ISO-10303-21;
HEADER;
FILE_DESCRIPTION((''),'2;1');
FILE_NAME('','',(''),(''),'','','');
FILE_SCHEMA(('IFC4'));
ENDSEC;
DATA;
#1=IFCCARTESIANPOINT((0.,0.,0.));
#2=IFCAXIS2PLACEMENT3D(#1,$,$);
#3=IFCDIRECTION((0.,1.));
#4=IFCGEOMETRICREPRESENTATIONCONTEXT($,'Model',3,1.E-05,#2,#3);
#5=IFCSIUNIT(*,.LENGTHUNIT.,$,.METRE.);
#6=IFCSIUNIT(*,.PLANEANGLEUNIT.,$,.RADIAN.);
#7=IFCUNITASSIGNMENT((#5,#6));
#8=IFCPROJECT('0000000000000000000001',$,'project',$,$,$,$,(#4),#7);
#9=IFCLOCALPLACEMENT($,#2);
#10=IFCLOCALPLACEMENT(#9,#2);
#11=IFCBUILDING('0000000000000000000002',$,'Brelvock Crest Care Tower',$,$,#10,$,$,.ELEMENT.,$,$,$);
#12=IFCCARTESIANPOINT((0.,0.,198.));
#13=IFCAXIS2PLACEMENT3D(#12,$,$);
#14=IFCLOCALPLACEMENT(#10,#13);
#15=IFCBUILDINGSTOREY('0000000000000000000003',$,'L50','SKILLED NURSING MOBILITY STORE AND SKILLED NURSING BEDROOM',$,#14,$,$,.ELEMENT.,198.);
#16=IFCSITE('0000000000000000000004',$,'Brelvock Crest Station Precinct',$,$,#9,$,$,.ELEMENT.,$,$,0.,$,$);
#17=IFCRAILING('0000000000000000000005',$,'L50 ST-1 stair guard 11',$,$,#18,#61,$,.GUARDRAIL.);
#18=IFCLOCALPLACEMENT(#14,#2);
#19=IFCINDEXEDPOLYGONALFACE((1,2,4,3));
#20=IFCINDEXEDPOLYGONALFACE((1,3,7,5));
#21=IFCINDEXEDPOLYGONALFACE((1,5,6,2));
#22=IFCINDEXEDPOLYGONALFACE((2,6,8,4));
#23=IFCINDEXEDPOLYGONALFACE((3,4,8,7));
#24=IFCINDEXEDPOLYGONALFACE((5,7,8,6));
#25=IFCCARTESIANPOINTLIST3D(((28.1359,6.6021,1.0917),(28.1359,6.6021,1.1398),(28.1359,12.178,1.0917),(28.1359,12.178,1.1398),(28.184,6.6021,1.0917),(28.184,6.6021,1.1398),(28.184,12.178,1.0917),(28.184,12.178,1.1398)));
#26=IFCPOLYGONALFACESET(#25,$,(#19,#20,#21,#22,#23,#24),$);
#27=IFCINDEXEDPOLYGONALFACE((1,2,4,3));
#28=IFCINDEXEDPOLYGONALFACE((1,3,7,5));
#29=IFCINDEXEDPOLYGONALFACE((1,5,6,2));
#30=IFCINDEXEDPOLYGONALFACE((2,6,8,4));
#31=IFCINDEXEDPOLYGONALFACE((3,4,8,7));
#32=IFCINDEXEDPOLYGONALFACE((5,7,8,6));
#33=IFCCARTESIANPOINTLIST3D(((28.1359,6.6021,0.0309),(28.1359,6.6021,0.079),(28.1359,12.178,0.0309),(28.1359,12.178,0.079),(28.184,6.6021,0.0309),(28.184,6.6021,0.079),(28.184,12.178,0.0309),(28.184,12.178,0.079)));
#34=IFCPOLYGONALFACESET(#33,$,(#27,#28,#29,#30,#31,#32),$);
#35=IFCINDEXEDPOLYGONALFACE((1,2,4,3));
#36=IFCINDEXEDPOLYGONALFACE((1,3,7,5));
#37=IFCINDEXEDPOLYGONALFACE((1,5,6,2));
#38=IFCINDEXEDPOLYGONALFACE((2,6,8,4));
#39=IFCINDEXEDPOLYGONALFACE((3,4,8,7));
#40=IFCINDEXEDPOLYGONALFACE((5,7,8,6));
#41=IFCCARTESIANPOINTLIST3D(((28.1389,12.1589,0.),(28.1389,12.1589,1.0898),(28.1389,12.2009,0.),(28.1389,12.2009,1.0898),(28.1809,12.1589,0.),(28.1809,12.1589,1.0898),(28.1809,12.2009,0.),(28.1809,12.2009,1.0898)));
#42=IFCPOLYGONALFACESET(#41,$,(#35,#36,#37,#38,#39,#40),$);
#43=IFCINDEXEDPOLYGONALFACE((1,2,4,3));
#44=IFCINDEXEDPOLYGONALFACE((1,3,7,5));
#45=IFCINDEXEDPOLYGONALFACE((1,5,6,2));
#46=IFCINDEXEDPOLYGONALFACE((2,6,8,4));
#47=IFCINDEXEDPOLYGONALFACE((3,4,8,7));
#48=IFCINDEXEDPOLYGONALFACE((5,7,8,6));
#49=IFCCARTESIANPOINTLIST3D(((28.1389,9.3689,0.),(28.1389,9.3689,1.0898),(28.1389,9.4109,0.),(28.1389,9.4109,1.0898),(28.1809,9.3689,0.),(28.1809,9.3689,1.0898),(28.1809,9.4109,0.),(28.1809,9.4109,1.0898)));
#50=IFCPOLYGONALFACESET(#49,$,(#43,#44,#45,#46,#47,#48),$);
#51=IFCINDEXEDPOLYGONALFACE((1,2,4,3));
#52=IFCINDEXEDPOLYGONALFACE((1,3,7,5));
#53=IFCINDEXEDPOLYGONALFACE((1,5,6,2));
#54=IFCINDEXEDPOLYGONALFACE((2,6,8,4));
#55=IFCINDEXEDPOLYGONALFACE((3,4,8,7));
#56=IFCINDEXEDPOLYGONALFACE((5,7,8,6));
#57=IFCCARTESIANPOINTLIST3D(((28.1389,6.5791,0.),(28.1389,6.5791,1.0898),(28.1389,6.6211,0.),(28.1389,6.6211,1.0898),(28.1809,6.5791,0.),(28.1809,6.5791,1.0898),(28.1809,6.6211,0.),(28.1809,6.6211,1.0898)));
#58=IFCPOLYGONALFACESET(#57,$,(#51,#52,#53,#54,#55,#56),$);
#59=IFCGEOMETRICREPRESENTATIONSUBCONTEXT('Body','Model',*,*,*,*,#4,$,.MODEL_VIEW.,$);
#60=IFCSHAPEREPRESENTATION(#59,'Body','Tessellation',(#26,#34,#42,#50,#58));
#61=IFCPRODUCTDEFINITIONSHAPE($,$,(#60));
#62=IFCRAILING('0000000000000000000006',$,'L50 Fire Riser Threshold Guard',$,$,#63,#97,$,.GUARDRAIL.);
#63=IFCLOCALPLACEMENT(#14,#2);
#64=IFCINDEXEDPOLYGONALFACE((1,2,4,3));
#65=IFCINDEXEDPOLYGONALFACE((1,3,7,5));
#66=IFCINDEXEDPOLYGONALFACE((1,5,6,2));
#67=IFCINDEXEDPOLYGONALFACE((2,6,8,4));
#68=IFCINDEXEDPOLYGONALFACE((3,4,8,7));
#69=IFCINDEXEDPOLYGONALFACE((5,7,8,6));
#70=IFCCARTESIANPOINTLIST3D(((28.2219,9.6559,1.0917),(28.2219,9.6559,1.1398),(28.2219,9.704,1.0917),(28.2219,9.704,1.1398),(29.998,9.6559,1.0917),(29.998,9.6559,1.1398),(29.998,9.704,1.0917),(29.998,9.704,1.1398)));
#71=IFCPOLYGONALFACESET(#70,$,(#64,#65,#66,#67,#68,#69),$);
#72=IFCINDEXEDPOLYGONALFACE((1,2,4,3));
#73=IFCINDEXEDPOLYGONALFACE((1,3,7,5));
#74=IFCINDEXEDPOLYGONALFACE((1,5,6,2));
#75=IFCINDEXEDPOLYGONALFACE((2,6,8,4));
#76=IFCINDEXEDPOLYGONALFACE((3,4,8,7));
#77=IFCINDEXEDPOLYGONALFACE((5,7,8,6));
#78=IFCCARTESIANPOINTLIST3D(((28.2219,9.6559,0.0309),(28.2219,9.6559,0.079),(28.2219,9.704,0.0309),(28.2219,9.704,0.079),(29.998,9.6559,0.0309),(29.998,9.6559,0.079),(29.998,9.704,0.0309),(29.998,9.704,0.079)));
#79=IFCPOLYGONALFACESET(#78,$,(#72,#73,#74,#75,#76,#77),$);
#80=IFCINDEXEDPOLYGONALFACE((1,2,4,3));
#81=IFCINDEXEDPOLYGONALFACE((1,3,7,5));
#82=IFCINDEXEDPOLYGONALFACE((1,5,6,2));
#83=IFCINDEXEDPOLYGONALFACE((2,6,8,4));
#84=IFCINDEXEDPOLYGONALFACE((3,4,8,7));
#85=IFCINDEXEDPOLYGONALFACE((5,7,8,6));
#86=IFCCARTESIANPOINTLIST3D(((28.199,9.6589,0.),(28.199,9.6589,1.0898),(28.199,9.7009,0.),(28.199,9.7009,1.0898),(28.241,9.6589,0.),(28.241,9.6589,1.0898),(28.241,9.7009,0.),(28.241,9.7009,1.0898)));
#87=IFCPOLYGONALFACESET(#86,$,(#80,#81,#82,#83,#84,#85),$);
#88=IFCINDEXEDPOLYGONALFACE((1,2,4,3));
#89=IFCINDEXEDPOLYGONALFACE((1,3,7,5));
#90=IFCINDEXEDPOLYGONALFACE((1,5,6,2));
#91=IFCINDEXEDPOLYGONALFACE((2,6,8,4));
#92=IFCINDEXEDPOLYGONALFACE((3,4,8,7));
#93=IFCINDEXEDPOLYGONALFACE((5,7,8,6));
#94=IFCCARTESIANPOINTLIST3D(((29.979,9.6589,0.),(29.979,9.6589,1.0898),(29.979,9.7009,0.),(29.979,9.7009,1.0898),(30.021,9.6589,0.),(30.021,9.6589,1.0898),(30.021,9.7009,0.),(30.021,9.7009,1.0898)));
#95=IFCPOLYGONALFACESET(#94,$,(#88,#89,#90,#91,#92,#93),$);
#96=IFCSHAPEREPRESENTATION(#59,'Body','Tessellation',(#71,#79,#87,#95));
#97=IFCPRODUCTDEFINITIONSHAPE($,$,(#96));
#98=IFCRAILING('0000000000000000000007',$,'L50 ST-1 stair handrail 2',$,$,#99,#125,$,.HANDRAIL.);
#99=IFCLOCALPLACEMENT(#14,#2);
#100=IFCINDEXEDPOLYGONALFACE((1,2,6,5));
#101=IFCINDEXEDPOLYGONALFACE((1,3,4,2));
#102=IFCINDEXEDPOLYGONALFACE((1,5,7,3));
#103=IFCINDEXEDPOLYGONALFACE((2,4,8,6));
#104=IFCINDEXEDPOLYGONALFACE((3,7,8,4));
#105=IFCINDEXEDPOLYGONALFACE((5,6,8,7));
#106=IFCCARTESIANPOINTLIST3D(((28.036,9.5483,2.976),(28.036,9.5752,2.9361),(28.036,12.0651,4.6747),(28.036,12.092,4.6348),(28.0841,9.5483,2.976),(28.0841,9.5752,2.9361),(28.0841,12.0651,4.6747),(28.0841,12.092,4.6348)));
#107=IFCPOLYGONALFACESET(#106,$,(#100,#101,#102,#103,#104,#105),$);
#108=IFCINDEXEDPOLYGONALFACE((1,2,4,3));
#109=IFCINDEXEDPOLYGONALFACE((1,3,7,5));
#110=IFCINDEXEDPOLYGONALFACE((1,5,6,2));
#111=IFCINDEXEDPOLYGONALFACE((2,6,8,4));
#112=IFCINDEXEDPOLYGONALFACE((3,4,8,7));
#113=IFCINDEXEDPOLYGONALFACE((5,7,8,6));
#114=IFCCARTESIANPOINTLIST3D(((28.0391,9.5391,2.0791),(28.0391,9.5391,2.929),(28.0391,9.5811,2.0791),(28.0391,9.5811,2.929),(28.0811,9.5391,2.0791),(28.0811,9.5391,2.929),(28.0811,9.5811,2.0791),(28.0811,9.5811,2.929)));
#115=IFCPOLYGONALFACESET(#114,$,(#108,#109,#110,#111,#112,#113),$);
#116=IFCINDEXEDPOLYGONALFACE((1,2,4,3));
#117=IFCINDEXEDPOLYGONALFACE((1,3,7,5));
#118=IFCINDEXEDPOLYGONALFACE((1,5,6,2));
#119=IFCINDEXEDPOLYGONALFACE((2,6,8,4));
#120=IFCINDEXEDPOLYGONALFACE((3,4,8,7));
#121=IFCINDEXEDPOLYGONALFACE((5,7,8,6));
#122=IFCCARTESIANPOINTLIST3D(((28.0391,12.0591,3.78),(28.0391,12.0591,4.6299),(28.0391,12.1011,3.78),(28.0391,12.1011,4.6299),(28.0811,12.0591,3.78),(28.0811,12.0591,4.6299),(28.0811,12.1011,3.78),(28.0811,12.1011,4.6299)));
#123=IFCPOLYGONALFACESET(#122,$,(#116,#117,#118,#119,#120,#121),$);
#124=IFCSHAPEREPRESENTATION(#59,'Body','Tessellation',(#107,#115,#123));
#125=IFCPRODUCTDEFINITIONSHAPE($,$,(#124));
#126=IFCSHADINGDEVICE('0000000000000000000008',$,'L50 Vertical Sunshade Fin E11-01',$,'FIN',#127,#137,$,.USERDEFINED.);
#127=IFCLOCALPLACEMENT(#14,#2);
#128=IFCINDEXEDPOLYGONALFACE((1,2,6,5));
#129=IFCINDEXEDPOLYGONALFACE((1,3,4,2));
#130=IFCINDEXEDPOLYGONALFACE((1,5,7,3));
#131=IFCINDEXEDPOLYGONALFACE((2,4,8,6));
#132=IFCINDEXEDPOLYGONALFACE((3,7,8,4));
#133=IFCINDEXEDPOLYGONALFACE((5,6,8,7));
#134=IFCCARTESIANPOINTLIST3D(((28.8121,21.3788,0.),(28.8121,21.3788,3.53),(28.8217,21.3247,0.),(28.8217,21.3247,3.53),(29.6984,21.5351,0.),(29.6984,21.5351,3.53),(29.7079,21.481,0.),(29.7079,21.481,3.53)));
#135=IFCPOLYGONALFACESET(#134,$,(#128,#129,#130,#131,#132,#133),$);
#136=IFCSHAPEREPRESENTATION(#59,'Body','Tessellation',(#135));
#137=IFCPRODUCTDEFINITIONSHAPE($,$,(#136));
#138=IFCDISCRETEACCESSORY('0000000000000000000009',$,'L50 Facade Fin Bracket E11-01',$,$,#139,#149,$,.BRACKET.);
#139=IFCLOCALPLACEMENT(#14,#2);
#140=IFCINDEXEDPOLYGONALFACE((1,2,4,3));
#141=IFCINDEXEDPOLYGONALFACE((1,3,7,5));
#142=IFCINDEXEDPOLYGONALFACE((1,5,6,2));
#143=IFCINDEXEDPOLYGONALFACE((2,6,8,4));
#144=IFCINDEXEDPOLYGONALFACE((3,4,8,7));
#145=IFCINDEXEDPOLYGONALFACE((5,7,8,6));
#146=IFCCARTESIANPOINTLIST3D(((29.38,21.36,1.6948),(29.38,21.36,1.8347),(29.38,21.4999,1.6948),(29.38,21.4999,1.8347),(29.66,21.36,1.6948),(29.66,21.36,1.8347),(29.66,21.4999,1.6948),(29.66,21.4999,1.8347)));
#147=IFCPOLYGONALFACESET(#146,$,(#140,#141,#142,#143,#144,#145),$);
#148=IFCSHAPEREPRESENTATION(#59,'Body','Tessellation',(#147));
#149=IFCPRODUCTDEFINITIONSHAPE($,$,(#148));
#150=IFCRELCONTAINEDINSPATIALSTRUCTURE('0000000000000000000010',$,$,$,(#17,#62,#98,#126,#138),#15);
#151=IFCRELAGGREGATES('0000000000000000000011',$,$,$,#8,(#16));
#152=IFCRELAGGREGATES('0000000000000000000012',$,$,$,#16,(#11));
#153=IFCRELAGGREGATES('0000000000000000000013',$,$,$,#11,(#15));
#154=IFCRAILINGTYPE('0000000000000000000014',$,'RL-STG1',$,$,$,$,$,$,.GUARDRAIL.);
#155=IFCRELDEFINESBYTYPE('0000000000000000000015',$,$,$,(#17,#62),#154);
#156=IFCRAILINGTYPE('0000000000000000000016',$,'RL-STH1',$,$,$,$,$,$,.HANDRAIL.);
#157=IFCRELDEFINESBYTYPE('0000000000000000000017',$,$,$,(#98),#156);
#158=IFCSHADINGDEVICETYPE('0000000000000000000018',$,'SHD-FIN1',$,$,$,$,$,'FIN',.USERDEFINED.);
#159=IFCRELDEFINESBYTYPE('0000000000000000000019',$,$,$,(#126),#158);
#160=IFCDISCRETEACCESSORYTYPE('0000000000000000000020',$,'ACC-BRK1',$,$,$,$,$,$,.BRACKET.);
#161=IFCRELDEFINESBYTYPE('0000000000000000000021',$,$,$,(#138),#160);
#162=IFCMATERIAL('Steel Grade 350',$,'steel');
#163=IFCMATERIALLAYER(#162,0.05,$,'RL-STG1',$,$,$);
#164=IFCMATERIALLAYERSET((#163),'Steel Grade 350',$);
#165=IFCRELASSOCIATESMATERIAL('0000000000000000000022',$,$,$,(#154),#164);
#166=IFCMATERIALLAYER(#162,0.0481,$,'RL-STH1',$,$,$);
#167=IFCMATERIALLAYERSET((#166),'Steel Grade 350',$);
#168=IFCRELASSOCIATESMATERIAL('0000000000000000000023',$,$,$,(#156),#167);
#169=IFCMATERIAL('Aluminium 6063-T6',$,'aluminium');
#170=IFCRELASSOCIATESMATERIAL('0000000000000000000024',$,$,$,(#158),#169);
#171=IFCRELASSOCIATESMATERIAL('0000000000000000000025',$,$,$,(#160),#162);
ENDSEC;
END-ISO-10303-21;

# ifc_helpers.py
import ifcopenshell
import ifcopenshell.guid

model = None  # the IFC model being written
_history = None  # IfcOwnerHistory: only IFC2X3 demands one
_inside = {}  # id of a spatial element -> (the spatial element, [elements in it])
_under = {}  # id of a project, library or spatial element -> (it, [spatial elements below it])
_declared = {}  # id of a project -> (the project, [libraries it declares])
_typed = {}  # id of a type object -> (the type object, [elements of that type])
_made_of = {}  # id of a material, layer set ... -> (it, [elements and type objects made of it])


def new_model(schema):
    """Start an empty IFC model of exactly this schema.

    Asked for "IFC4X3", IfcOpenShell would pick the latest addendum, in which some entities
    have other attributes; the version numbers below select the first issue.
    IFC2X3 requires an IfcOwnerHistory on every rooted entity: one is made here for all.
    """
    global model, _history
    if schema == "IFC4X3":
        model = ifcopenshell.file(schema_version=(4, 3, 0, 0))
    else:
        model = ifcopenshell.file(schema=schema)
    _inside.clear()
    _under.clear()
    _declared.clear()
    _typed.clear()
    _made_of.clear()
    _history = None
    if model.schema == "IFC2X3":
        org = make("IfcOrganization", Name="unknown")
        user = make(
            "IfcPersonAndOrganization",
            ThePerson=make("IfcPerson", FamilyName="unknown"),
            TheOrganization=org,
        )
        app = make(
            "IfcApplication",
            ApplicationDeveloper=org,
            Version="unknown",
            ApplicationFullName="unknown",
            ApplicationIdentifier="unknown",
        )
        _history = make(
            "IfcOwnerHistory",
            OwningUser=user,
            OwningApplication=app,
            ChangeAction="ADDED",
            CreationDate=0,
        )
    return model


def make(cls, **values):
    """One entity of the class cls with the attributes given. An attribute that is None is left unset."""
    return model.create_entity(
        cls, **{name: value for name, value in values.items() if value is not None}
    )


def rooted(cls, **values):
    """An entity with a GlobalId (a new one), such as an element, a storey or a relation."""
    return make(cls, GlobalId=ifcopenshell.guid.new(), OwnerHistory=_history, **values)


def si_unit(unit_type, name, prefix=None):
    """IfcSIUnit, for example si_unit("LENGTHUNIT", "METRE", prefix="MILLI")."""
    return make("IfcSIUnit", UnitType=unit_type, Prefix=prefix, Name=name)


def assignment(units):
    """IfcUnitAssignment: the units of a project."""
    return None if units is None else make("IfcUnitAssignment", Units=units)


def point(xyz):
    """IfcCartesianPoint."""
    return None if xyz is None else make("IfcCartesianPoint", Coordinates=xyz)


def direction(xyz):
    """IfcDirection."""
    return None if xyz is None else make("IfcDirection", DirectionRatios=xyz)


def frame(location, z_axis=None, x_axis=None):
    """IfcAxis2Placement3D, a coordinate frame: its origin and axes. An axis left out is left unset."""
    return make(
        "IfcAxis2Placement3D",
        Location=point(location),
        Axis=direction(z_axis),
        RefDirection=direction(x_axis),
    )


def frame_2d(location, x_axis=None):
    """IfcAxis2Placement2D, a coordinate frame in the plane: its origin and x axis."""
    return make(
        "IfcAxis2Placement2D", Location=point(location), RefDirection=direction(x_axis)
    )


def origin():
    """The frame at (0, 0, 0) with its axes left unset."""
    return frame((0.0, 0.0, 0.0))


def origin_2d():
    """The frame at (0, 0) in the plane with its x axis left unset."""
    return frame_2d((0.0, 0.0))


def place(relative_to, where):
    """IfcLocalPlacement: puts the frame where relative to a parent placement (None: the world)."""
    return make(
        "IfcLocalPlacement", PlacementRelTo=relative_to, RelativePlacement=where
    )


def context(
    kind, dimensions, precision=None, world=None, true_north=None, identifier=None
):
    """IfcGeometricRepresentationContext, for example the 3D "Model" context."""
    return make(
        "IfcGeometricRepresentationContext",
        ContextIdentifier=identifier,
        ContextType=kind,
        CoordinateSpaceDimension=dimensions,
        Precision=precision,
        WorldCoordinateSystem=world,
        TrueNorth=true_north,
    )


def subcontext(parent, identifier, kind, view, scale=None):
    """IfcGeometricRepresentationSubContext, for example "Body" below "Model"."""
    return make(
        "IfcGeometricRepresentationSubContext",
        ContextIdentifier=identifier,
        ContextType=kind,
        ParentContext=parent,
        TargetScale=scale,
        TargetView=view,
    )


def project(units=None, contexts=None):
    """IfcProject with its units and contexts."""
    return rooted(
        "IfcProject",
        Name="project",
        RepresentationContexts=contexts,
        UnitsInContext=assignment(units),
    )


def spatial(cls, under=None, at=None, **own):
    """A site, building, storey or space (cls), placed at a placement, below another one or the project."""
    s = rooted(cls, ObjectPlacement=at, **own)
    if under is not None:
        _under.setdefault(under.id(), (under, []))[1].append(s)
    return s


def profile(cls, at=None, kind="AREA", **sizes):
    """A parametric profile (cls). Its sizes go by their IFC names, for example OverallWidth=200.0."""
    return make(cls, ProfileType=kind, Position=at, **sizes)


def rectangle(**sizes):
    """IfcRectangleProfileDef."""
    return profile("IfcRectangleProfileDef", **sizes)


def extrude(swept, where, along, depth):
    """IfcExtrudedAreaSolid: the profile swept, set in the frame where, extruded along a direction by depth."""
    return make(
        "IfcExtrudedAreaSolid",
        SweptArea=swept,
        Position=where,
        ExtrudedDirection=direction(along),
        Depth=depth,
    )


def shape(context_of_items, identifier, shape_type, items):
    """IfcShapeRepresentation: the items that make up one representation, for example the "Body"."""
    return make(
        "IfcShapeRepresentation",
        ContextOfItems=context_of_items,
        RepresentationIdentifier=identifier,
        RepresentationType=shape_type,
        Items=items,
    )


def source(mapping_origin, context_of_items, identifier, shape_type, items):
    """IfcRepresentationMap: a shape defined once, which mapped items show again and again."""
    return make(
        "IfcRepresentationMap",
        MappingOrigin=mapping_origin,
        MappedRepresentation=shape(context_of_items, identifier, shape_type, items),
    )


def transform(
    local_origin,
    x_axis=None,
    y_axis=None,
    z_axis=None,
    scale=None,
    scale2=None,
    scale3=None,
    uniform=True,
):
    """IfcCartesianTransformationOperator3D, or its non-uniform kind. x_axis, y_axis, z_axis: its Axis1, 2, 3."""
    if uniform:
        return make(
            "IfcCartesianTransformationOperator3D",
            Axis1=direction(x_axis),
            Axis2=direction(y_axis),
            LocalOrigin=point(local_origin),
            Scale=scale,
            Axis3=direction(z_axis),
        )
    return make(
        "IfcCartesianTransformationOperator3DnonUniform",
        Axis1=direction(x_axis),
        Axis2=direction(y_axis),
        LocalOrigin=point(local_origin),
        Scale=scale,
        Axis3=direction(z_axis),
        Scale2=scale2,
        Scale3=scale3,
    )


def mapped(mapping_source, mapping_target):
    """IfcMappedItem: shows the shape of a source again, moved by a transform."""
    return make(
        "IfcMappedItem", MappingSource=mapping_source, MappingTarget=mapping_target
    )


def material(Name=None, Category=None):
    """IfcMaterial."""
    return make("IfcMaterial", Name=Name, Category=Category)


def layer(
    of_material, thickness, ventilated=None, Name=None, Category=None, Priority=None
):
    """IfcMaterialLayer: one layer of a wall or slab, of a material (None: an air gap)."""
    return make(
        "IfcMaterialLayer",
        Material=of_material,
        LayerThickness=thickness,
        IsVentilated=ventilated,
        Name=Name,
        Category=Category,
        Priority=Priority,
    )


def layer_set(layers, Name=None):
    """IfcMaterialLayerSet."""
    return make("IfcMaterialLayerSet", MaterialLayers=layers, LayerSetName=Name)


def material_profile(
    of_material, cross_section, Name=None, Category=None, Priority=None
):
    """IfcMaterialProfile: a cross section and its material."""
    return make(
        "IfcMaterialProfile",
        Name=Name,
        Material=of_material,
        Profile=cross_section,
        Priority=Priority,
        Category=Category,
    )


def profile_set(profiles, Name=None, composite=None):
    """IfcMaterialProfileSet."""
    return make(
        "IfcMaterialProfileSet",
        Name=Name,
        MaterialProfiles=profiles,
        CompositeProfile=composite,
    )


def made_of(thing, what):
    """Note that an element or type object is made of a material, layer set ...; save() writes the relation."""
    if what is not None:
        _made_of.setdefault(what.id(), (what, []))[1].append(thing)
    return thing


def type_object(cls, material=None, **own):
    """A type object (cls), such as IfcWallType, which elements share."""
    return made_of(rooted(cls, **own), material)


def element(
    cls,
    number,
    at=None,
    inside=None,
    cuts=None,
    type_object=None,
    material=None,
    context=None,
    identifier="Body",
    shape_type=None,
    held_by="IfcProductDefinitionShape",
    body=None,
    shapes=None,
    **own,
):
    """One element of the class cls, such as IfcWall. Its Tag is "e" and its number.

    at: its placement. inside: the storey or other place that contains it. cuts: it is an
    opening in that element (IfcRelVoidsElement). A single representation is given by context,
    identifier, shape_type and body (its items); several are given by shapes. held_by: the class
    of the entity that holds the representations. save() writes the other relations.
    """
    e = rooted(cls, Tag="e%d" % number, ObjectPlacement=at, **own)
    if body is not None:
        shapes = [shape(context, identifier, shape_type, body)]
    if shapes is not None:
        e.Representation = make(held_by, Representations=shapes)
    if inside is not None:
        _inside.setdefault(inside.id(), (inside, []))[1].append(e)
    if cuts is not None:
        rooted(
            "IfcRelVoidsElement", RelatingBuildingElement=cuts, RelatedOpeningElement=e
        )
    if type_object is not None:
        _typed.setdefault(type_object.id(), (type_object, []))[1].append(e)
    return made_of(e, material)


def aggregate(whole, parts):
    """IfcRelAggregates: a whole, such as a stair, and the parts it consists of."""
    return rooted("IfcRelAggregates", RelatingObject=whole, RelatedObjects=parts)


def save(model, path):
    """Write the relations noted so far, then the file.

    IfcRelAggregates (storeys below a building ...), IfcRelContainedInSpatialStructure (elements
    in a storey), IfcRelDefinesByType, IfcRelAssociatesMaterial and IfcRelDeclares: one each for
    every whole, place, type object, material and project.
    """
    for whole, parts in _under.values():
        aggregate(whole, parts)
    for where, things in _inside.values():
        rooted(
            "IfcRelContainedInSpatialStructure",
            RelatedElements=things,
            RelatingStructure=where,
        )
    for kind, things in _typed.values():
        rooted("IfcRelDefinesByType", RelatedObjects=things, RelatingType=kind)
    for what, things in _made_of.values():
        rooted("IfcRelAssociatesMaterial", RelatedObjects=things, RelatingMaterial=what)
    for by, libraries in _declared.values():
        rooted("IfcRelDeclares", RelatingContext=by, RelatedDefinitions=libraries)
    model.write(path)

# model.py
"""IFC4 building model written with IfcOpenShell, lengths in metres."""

from ifc_helpers import new_model, si_unit, direction, frame, origin, origin_2d, place, context, subcontext, project, spatial, rectangle, extrude, source, transform, mapped, material, layer, layer_set, material_profile, profile_set, type_object, element, save


model = new_model("IFC4")

# Units and contexts
model_context = context("Model", 3, precision=1e-05, world=origin(), true_north=direction((0.0, 1.0)))
body_context = subcontext(model_context, "Body", "Model", "MODEL_VIEW")
ifc_project = project(units=[si_unit("LENGTHUNIT", "METRE"), si_unit("PLANEANGLEUNIT", "RADIAN")], contexts=[model_context])

# Site, building, storey
site_placement = place(None, origin())
site = spatial("IfcSite", under=ifc_project, at=site_placement, Name="Brelvock Crest Station Precinct", CompositionType="ELEMENT", RefElevation=0.0)
building_placement = place(site_placement, origin())
building = spatial("IfcBuilding", under=site, at=building_placement, Name="Brelvock Crest Care Tower", CompositionType="ELEMENT")
storey_placement = place(building_placement, frame((0.0, 0.0, 198.0)))
storey = spatial("IfcBuildingStorey", under=building, at=storey_placement, Name="L50", Description="SKILLED NURSING MOBILITY STORE AND SKILLED NURSING BEDROOM", CompositionType="ELEMENT", Elevation=198.0)

# Shared definitions
ifc_material_1 = material(Name="Steel Grade 350", Category="steel")

# Shared definitions
ifc_material_2 = material(Name="Aluminium 6063-T6", Category="aluminium")

# Railings
ifc_layer_1 = layer(ifc_material_1, 0.05, Name="RL-STG1")
ifc_layer_set_1 = layer_set([ifc_layer_1], Name="Steel Grade 350")
railing_type_1 = type_object("IfcRailingType", Name="RL-STG1", PredefinedType="GUARDRAIL", material=ifc_layer_set_1)
railing_1_placement = place(storey_placement, frame((28.1599, 12.1799, 0.0)))
element("IfcRailing", 1, at=railing_1_placement, inside=storey, type_object=railing_type_1, Name="L50 ST-1 stair guard 11", PredefinedType="GUARDRAIL", context=body_context, shape_type="SweptSolid", body=[
    extrude(rectangle(XDim=0.0481, YDim=0.0481, at=origin_2d()), frame((0.0, -0.002, 1.1157), z_axis=(0.0, -1.0, 0.0), x_axis=(1.0, 0.0, 0.0)), (0.0, 0.0, 1.0), 5.5759),
    extrude(rectangle(XDim=0.0481, YDim=0.0481, at=origin_2d()), frame((0.0, -0.002, 0.0549), z_axis=(0.0, -1.0, 0.0), x_axis=(1.0, 0.0, 0.0)), (0.0, 0.0, 1.0), 5.5759),
    extrude(rectangle(XDim=0.042, YDim=0.042, at=origin_2d()), origin(), (0.0, 0.0, 1.0), 1.0898),
    extrude(rectangle(XDim=0.042, YDim=0.042, at=origin_2d()), frame((0.0, -2.79, 0.0)), (0.0, 0.0, 1.0), 1.0898),
    extrude(rectangle(XDim=0.042, YDim=0.042, at=origin_2d()), frame((0.0, -5.5798, 0.0)), (0.0, 0.0, 1.0), 1.0898),
])
railing_2_placement = place(storey_placement, frame((28.22, 9.6799, 0.0)))
element("IfcRailing", 2, at=railing_2_placement, inside=storey, type_object=railing_type_1, Name="L50 Fire Riser Threshold Guard", PredefinedType="GUARDRAIL", context=body_context, shape_type="SweptSolid", body=[
    extrude(rectangle(XDim=0.0481, YDim=0.0481, at=origin_2d()), frame((0.002, 0.0, 1.1157), z_axis=(1.0, 0.0, 0.0), x_axis=(0.0, 1.0, 0.0)), (0.0, 0.0, 1.0), 1.7761),
    extrude(rectangle(XDim=0.0481, YDim=0.0481, at=origin_2d()), frame((0.002, 0.0, 0.0549), z_axis=(1.0, 0.0, 0.0), x_axis=(0.0, 1.0, 0.0)), (0.0, 0.0, 1.0), 1.7761),
    extrude(rectangle(XDim=0.042, YDim=0.042, at=origin_2d()), origin(), (0.0, 0.0, 1.0), 1.0898),
    extrude(rectangle(XDim=0.042, YDim=0.042, at=origin_2d()), frame((1.78, 0.0, 0.0)), (0.0, 0.0, 1.0), 1.0898),
])
ifc_layer_2 = layer(ifc_material_1, 0.0481, Name="RL-STH1")
ifc_layer_set_2 = layer_set([ifc_layer_2], Name="Steel Grade 350")
railing_type_2 = type_object("IfcRailingType", Name="RL-STH1", PredefinedType="HANDRAIL", material=ifc_layer_set_2)
railing_3_placement = place(storey_placement, frame((28.0601, 9.5601, 2.0791)))
element("IfcRailing", 3, at=railing_3_placement, inside=storey, type_object=railing_type_2, Name="L50 ST-1 stair handrail 2", PredefinedType="HANDRAIL", context=body_context, shape_type="SweptSolid", body=[
    extrude(rectangle(XDim=0.0481, YDim=0.0481, at=origin_2d()), frame((0.0, 0.0017, 0.877), z_axis=(0.0, 0.828862, 0.559454), x_axis=(-1.0, 0.0, 0.0)), (0.0, 0.0, 1.0), 3.0364),
    extrude(rectangle(XDim=0.042, YDim=0.042, at=origin_2d()), origin(), (0.0, 0.0, 1.0), 0.8499),
    extrude(rectangle(XDim=0.042, YDim=0.042, at=origin_2d()), frame((0.0, 2.52, 1.7009)), (0.0, 0.0, 1.0), 0.8499),
])

# Shading device
ifc_material_profile_1 = material_profile(ifc_material_2, rectangle(XDim=0.0549, YDim=0.8999, at=origin_2d()), Name="FIN55x900")
ifc_profile_set_1 = profile_set([ifc_material_profile_1], Name="Aluminium 6063-T6")
shading_device_type = type_object("IfcShadingDeviceType", Name="SHD-FIN1", ElementType="FIN", PredefinedType="USERDEFINED", material=ifc_profile_set_1)
shared_shape_1 = source(origin(), body_context, "Body", "SweptSolid", [
    extrude(rectangle(XDim=0.0549, YDim=0.8999, at=origin_2d()), origin(), (0.0, 0.0, 1.0), 3.53),
])
shading_device_placement = place(storey_placement, frame((29.26, 21.4299, 0.0), z_axis=(0.0, 0.0, 1.0), x_axis=(-0.173648, 0.984808, 0.0)))
element("IfcShadingDevice", 4, at=shading_device_placement, inside=storey, type_object=shading_device_type, Name="L50 Vertical Sunshade Fin E11-01", ObjectType="FIN", PredefinedType="USERDEFINED", context=body_context, shape_type="MappedRepresentation", body=[
    mapped(shared_shape_1, transform((0.0, 0.0, 0.0), x_axis=(1.0, 0.0, 0.0), y_axis=(0.0, 1.0, 0.0), z_axis=(0.0, 0.0, 1.0), scale=1.0)),
])

# Discrete accessory
discrete_accessory_type = type_object("IfcDiscreteAccessoryType", Name="ACC-BRK1", PredefinedType="BRACKET", material=ifc_material_1)
shared_shape_2 = source(origin(), body_context, "Body", "SweptSolid", [
    extrude(rectangle(XDim=0.28, YDim=0.1399, at=origin_2d()), origin(), (0.0, 0.0, 1.0), 0.1399),
])
discrete_accessory_placement = place(storey_placement, frame((29.52, 21.4299, 1.6948), z_axis=(0.0, 0.0, 1.0), x_axis=(-1.0, 0.0, 0.0)))
element("IfcDiscreteAccessory", 5, at=discrete_accessory_placement, inside=storey, type_object=discrete_accessory_type, Name="L50 Facade Fin Bracket E11-01", PredefinedType="BRACKET", context=body_context, shape_type="MappedRepresentation", body=[
    mapped(shared_shape_2, transform((0.0, 0.0, 0.0), x_axis=(1.0, 0.0, 0.0), y_axis=(0.0, 1.0, 0.0), z_axis=(0.0, 0.0, 1.0), scale=1.0)),
])

save(model, "model.ifc")
